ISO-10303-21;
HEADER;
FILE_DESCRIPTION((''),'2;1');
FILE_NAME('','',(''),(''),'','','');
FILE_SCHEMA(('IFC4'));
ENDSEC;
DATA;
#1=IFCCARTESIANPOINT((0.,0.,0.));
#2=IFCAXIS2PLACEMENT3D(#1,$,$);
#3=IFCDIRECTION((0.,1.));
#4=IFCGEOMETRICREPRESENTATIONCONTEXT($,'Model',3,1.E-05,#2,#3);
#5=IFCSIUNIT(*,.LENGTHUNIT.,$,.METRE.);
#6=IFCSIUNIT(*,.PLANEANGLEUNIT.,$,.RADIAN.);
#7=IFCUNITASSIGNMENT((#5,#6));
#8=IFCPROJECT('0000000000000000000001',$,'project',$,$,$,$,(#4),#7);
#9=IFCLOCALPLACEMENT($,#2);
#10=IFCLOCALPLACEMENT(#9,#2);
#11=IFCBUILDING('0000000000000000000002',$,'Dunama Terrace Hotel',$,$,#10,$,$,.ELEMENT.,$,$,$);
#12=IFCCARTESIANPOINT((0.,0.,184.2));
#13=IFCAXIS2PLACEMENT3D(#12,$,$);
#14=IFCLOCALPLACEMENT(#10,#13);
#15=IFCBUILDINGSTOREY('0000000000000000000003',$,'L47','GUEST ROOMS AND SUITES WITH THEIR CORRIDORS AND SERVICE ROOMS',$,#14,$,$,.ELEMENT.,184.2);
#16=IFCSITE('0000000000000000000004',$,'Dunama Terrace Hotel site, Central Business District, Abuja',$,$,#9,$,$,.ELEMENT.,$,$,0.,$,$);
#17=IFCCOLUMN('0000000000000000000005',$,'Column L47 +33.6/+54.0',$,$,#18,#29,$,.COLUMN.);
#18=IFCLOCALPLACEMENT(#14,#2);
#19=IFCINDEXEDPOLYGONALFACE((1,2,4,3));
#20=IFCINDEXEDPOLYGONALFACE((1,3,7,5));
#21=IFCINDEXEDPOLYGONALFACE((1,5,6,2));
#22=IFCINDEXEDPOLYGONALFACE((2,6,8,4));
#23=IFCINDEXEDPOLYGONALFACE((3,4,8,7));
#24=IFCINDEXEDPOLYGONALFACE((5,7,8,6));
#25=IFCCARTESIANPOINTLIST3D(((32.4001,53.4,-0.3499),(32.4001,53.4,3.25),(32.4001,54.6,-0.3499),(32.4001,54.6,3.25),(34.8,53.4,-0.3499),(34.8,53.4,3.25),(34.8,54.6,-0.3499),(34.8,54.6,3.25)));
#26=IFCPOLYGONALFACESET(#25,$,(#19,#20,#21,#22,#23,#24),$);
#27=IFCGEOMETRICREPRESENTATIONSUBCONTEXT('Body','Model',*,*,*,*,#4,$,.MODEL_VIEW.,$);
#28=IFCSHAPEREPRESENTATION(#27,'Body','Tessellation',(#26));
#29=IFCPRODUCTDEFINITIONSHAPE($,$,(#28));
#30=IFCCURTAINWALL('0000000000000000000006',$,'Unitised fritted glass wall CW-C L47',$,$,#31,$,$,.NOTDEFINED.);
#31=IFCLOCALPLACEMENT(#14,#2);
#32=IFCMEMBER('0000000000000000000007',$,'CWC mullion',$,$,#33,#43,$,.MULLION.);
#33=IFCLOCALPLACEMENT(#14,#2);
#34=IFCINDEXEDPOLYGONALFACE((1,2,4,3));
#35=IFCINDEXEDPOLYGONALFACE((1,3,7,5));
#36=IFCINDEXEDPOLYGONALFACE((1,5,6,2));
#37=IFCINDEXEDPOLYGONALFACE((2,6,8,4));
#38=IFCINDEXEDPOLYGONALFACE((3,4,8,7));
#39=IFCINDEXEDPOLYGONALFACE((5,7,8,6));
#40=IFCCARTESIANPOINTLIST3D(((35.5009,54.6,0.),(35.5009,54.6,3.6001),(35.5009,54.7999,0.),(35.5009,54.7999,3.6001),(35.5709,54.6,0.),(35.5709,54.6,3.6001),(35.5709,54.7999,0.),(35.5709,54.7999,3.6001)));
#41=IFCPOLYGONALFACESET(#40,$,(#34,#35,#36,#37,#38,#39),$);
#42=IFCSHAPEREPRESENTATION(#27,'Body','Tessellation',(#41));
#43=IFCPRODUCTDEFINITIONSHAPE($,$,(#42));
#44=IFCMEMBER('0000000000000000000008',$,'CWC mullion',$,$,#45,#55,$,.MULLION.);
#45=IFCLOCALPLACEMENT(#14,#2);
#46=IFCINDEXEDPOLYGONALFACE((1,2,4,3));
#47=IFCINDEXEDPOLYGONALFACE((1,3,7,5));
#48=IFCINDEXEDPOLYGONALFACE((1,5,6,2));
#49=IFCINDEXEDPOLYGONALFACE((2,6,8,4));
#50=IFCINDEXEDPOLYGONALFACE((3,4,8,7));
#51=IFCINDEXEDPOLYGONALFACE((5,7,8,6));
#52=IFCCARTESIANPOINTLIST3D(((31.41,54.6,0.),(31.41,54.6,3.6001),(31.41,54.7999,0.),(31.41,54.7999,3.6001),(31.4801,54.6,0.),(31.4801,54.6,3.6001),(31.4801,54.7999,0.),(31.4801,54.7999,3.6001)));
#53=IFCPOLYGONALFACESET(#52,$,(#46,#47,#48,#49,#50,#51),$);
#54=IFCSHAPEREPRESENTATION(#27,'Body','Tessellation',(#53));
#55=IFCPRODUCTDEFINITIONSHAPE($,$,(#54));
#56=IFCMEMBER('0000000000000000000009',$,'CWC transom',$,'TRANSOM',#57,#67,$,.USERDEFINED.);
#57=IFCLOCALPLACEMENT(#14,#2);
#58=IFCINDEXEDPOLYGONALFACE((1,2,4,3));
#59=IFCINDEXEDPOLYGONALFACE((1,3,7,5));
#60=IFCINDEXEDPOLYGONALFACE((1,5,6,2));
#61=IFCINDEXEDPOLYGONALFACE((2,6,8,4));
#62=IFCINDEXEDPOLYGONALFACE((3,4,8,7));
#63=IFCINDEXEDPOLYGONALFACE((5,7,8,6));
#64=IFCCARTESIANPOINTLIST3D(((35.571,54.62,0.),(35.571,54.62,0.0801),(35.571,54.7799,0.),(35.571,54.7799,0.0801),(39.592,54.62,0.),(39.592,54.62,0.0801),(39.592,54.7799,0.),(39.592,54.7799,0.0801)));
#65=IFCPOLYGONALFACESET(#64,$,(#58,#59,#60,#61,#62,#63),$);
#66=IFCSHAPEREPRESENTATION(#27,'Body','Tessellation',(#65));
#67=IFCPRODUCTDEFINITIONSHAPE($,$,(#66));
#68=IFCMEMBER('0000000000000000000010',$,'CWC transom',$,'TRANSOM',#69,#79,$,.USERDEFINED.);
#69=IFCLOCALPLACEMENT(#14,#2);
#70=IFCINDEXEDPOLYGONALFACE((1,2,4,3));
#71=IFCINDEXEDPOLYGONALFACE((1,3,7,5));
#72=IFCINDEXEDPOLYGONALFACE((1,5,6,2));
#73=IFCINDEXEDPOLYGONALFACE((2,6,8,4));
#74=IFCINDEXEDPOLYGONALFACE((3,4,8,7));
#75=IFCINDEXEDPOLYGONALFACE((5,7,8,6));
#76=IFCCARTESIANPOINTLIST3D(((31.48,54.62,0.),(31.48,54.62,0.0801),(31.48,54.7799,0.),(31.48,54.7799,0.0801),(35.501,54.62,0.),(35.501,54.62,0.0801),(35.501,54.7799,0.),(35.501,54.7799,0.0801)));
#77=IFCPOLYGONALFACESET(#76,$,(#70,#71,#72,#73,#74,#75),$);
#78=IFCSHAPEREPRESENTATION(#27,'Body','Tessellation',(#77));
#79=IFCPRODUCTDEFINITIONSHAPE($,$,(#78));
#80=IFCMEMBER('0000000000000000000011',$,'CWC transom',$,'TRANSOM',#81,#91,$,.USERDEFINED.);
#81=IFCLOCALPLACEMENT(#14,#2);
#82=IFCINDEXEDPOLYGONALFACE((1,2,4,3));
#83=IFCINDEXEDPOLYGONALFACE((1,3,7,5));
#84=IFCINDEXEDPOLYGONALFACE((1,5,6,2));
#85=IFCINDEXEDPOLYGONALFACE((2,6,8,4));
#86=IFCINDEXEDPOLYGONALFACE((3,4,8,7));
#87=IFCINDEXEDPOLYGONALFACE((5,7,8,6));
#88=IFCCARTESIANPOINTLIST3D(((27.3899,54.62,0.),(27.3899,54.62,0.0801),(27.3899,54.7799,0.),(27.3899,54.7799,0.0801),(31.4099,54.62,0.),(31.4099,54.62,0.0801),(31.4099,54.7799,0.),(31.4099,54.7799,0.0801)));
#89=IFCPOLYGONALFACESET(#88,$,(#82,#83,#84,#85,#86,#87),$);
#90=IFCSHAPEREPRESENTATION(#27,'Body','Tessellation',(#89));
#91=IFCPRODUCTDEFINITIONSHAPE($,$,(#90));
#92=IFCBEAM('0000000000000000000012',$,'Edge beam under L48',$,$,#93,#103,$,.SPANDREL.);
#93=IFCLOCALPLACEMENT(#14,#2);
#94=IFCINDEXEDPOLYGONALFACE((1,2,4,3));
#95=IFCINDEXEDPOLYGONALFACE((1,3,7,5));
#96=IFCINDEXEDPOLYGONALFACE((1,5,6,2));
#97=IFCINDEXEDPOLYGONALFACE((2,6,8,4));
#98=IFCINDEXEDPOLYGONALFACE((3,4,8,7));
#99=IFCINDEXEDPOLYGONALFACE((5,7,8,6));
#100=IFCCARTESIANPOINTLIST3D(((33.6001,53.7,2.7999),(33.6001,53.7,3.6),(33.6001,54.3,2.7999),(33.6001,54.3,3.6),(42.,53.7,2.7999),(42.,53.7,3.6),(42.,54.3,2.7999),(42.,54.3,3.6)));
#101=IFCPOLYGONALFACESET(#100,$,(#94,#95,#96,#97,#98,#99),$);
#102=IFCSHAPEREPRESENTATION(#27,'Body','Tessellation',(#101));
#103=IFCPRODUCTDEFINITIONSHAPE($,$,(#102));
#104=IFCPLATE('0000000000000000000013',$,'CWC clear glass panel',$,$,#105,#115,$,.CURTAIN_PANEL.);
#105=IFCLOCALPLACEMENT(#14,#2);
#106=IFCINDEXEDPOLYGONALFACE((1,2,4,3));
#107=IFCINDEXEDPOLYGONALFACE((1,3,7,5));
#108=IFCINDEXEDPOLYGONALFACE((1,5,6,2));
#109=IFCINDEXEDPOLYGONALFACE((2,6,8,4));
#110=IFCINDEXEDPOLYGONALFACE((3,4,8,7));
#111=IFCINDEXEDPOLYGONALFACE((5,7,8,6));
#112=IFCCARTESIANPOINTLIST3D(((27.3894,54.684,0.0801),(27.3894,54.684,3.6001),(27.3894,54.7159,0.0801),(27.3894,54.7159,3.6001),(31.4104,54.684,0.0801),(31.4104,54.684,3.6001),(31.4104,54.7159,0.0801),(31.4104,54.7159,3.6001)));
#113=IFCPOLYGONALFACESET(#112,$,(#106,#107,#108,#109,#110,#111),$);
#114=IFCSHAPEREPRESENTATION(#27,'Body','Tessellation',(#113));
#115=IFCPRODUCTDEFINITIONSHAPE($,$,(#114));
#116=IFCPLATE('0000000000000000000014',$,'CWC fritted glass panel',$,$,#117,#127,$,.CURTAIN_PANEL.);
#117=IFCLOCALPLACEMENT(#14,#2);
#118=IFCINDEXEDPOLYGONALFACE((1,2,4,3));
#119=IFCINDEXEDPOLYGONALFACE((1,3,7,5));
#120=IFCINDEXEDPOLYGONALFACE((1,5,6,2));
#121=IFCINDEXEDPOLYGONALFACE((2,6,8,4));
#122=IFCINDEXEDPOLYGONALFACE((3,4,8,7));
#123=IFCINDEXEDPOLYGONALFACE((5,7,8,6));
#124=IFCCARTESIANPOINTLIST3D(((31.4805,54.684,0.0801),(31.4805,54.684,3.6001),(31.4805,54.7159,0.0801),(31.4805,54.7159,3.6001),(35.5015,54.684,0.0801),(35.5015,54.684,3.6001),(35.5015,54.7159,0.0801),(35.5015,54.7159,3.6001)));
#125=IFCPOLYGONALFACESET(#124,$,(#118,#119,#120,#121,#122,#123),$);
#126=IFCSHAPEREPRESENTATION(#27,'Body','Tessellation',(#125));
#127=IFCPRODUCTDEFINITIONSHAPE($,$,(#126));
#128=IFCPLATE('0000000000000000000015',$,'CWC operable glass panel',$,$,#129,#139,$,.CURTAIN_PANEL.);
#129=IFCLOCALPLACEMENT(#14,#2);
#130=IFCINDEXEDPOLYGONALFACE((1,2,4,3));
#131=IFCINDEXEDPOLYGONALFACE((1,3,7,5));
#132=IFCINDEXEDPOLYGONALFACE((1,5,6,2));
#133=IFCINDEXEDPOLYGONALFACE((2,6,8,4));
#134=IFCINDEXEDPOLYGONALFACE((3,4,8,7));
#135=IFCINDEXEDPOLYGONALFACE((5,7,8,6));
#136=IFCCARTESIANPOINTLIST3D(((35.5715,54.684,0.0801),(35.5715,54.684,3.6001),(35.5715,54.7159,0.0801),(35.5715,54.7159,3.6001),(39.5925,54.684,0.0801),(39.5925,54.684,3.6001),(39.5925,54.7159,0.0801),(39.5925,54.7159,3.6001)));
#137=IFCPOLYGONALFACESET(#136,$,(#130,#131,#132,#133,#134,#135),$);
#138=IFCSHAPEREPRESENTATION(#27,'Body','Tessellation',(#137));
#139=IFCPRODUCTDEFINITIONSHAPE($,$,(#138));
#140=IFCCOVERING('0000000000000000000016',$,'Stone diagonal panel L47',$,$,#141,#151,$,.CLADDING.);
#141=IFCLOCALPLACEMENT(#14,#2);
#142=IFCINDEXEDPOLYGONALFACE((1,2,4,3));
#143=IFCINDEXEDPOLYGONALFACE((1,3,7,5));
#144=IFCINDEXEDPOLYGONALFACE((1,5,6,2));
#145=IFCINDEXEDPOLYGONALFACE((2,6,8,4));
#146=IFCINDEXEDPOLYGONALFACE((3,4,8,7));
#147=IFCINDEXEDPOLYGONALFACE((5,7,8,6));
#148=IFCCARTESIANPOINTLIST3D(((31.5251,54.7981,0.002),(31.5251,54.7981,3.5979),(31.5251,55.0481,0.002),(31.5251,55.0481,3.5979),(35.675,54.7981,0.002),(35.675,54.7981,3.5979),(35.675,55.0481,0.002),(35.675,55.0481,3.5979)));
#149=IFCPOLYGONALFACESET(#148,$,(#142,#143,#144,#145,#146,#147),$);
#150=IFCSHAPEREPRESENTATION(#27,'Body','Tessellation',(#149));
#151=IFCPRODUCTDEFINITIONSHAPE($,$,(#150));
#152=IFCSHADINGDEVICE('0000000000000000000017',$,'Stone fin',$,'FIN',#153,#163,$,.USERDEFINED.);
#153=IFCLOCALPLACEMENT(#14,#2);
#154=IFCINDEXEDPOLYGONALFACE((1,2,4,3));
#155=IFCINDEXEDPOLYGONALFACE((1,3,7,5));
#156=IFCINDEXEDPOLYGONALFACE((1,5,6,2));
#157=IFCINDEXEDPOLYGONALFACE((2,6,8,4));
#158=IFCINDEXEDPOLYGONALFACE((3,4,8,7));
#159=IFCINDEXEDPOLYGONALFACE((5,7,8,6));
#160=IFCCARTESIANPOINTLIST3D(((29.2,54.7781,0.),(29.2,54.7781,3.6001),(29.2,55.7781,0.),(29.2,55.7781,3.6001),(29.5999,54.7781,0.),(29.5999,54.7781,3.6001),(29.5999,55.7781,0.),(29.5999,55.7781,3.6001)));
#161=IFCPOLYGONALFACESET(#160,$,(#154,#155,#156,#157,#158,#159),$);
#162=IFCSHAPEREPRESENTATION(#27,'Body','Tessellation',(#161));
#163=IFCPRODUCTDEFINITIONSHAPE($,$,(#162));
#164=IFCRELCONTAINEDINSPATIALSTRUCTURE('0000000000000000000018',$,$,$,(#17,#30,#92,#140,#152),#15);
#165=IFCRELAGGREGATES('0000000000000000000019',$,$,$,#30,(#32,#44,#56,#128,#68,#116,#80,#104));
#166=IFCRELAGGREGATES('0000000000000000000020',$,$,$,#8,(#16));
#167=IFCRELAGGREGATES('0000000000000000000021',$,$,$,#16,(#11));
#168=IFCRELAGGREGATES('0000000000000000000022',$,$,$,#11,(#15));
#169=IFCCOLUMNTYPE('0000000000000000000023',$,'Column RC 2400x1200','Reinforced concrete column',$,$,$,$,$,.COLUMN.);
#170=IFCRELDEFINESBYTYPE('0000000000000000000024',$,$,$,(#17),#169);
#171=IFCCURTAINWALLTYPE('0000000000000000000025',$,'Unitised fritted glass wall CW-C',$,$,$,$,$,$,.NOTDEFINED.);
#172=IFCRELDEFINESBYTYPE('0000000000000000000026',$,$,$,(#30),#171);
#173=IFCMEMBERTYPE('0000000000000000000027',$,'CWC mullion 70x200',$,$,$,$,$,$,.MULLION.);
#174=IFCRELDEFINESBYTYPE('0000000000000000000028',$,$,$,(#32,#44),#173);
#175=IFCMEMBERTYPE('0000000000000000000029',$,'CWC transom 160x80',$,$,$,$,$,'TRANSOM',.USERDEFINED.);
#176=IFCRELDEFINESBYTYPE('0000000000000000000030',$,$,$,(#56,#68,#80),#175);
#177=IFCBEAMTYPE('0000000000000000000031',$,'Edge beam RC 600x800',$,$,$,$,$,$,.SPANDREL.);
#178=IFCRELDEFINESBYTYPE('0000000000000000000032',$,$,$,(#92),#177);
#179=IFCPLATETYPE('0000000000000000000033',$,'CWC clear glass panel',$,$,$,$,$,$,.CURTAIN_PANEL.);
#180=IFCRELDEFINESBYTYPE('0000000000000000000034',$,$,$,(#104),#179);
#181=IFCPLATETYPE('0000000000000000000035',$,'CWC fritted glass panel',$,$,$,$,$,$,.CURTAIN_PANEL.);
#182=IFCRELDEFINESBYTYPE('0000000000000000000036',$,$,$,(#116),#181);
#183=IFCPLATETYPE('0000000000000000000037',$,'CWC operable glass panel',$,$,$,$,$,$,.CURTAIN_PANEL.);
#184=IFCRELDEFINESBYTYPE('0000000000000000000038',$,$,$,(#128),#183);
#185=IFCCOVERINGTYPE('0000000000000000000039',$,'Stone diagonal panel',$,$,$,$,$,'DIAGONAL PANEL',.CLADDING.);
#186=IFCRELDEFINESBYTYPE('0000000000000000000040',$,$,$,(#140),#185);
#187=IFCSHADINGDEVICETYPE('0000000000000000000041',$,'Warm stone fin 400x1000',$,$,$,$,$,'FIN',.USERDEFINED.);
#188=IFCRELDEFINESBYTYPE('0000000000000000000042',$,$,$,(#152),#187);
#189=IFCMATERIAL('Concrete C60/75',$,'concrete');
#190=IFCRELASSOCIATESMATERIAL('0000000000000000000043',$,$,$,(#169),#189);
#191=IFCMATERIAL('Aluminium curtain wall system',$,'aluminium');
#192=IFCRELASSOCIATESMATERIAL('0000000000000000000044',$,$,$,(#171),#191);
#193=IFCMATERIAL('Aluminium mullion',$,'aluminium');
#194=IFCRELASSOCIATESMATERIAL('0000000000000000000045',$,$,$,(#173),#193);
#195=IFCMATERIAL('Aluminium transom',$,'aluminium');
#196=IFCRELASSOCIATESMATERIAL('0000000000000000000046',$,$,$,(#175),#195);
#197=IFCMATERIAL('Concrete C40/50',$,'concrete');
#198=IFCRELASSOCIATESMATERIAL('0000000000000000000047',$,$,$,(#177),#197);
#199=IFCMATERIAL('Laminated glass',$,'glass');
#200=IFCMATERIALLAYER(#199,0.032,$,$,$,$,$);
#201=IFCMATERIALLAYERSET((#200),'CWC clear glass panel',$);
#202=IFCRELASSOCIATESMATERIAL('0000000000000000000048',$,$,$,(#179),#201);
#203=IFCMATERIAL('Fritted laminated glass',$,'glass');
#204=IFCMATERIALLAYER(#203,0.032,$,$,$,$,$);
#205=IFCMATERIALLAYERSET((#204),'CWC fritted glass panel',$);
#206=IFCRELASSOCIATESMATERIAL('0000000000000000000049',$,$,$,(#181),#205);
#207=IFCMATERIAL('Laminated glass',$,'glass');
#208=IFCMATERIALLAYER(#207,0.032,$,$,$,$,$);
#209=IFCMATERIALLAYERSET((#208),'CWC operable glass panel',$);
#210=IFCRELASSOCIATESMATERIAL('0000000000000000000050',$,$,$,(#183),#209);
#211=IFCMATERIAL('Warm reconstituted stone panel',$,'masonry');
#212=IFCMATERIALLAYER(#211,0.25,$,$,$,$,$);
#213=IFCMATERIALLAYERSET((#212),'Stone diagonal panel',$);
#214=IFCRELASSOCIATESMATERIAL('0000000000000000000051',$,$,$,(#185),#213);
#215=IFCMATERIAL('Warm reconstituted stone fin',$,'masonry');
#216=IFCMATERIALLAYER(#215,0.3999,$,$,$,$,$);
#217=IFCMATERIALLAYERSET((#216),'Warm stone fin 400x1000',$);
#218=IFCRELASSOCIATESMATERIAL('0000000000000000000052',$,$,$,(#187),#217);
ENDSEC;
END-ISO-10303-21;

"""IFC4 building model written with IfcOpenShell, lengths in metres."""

from ifc_helpers import new_model, si_unit, direction, frame, origin, origin_2d, place, context, subcontext, project, spatial, rectangle, extrude, material, layer, layer_set, material_profile, profile_set, type_object, element, aggregate, save


model = new_model("IFC4")

# Units and contexts
model_context = context("Model", 3, precision=1e-05, world=origin(), true_north=direction((0.0, 1.0)))
body_context = subcontext(model_context, "Body", "Model", "MODEL_VIEW")
ifc_project = project(units=[si_unit("LENGTHUNIT", "METRE"), si_unit("PLANEANGLEUNIT", "RADIAN")], contexts=[model_context])

# Site, building, storey
site_placement = place(None, origin())
site = spatial("IfcSite", under=ifc_project, at=site_placement, Name="Dunama Terrace Hotel site, Central Business District, Abuja", CompositionType="ELEMENT", RefElevation=0.0)
building_placement = place(site_placement, origin())
building = spatial("IfcBuilding", under=site, at=building_placement, Name="Dunama Terrace Hotel", CompositionType="ELEMENT")
storey_placement = place(building_placement, frame((0.0, 0.0, 184.2)))
storey = spatial("IfcBuildingStorey", under=building, at=storey_placement, Name="L47", Description="GUEST ROOMS AND SUITES WITH THEIR CORRIDORS AND SERVICE ROOMS", CompositionType="ELEMENT", Elevation=184.2)

# Column
ifc_material_1 = material(Name="Concrete C60/75", Category="concrete")
ifc_material_profile_1 = material_profile(ifc_material_1, rectangle(XDim=2.3999, YDim=1.2, at=origin_2d()), Name="RC 2400x1200")
ifc_profile_set_1 = profile_set([ifc_material_profile_1], Name="Concrete C60/75")
column_type = type_object("IfcColumnType", Name="Column RC 2400x1200", Description="Reinforced concrete column", PredefinedType="COLUMN", material=ifc_profile_set_1)
column_placement = place(storey_placement, frame((33.6001, 54.0, -0.3499), z_axis=(0.0, 0.0, 1.0), x_axis=(1.0, 0.0, 0.0)))
element("IfcColumn", 1, at=column_placement, inside=storey, type_object=column_type, Name="Column L47 +33.6/+54.0", PredefinedType="COLUMN", context=body_context, shape_type="SweptSolid", body=[
    extrude(rectangle(XDim=2.3999, YDim=1.2, at=origin_2d()), origin(), (0.0, 0.0, 1.0), 3.5999),
])

# Curtain wall, members
ifc_material_2 = material(Name="Aluminium curtain wall system", Category="aluminium")
curtain_wall_type = type_object("IfcCurtainWallType", Name="Unitised fritted glass wall CW-C", PredefinedType="NOTDEFINED", material=ifc_material_2)
curtain_wall_placement = place(storey_placement, origin())
curtain_wall = element("IfcCurtainWall", 2, at=curtain_wall_placement, inside=storey, type_object=curtain_wall_type, Name="Unitised fritted glass wall CW-C L47", PredefinedType="NOTDEFINED")
ifc_material_3 = material(Name="Aluminium mullion", Category="aluminium")
ifc_material_profile_2 = material_profile(ifc_material_3, rectangle(XDim=0.0701, YDim=0.2, at=origin_2d()), Name="CWC MULLION 70X200")
ifc_profile_set_2 = profile_set([ifc_material_profile_2], Name="Aluminium mullion")
member_type_1 = type_object("IfcMemberType", Name="CWC mullion 70x200", PredefinedType="MULLION", material=ifc_profile_set_2)
member_1_placement = place(storey_placement, frame((35.5359, 54.7, 0.0), z_axis=(0.0, 0.0, 1.0), x_axis=(-1.0, 0.0, 0.0)))
member_1 = element("IfcMember", 3, at=member_1_placement, type_object=member_type_1, Name="CWC mullion", PredefinedType="MULLION", context=body_context, shape_type="SweptSolid", body=[
    extrude(rectangle(XDim=0.0701, YDim=0.2, at=origin_2d()), origin(), (0.0, 0.0, 1.0), 3.6001),
])
member_2_placement = place(storey_placement, frame((31.4451, 54.7, 0.0), z_axis=(0.0, 0.0, 1.0), x_axis=(-1.0, 0.0, 0.0)))
member_2 = element("IfcMember", 4, at=member_2_placement, type_object=member_type_1, Name="CWC mullion", PredefinedType="MULLION", context=body_context, shape_type="SweptSolid", body=[
    extrude(rectangle(XDim=0.0701, YDim=0.2, at=origin_2d()), origin(), (0.0, 0.0, 1.0), 3.6001),
])
ifc_material_4 = material(Name="Aluminium transom", Category="aluminium")
ifc_material_profile_3 = material_profile(ifc_material_4, rectangle(XDim=0.1599, YDim=0.0801, at=origin_2d()), Name="CWC TRANSOM 160X80")
ifc_profile_set_3 = profile_set([ifc_material_profile_3], Name="Aluminium transom")
member_type_2 = type_object("IfcMemberType", Name="CWC transom 160x80", ElementType="TRANSOM", PredefinedType="USERDEFINED", material=ifc_profile_set_3)
member_3_placement = place(storey_placement, frame((39.592, 54.7, 0.04), z_axis=(-1.0, 0.0, 0.0), x_axis=(0.0, -1.0, 0.0)))
member_3 = element("IfcMember", 5, at=member_3_placement, type_object=member_type_2, Name="CWC transom", ObjectType="TRANSOM", PredefinedType="USERDEFINED", context=body_context, shape_type="SweptSolid", body=[
    extrude(rectangle(XDim=0.1599, YDim=0.0801, at=origin_2d()), origin(), (0.0, 0.0, 1.0), 4.021),
])
member_4_placement = place(storey_placement, frame((35.501, 54.7, 0.04), z_axis=(-1.0, 0.0, 0.0), x_axis=(0.0, -1.0, 0.0)))
member_4 = element("IfcMember", 6, at=member_4_placement, type_object=member_type_2, Name="CWC transom", ObjectType="TRANSOM", PredefinedType="USERDEFINED", context=body_context, shape_type="SweptSolid", body=[
    extrude(rectangle(XDim=0.1599, YDim=0.0801, at=origin_2d()), origin(), (0.0, 0.0, 1.0), 4.021),
])
member_5_placement = place(storey_placement, frame((31.4099, 54.7, 0.04), z_axis=(-1.0, 0.0, 0.0), x_axis=(0.0, -1.0, 0.0)))
member_5 = element("IfcMember", 7, at=member_5_placement, type_object=member_type_2, Name="CWC transom", ObjectType="TRANSOM", PredefinedType="USERDEFINED", context=body_context, shape_type="SweptSolid", body=[
    extrude(rectangle(XDim=0.1599, YDim=0.0801, at=origin_2d()), origin(), (0.0, 0.0, 1.0), 4.02),
])

# Beam
ifc_material_5 = material(Name="Concrete C40/50", Category="concrete")
ifc_material_profile_4 = material_profile(ifc_material_5, rectangle(XDim=0.6001, YDim=0.8, at=origin_2d()), Name="RC 600x800")
ifc_profile_set_4 = profile_set([ifc_material_profile_4], Name="Concrete C40/50")
beam_type = type_object("IfcBeamType", Name="Edge beam RC 600x800", PredefinedType="SPANDREL", material=ifc_profile_set_4)
beam_placement = place(storey_placement, frame((33.6001, 54.0, 3.2), z_axis=(1.0, 0.0, 0.0), x_axis=(0.0, 1.0, 0.0)))
element("IfcBeam", 8, at=beam_placement, inside=storey, type_object=beam_type, Name="Edge beam under L48", PredefinedType="SPANDREL", context=body_context, shape_type="SweptSolid", body=[
    extrude(rectangle(XDim=0.6001, YDim=0.8, at=origin_2d()), origin(), (0.0, 0.0, 1.0), 8.3999),
])

# Plates
ifc_material_6 = material(Name="Laminated glass", Category="glass")
ifc_layer_1 = layer(ifc_material_6, 0.032)
ifc_layer_set_1 = layer_set([ifc_layer_1], Name="CWC clear glass panel")
plate_type_1 = type_object("IfcPlateType", Name="CWC clear glass panel", PredefinedType="CURTAIN_PANEL", material=ifc_layer_set_1)
plate_1_placement = place(storey_placement, frame((29.3999, 54.7, 0.0801), z_axis=(0.0, 0.0, 1.0), x_axis=(-1.0, 0.0, 0.0)))
plate_1 = element("IfcPlate", 9, at=plate_1_placement, type_object=plate_type_1, Name="CWC clear glass panel", PredefinedType="CURTAIN_PANEL", context=body_context, shape_type="SweptSolid", body=[
    extrude(rectangle(XDim=4.021, YDim=0.032, at=origin_2d()), origin(), (0.0, 0.0, 1.0), 3.52),
])
ifc_material_7 = material(Name="Fritted laminated glass", Category="glass")
ifc_layer_2 = layer(ifc_material_7, 0.032)
ifc_layer_set_2 = layer_set([ifc_layer_2], Name="CWC fritted glass panel")
plate_type_2 = type_object("IfcPlateType", Name="CWC fritted glass panel", PredefinedType="CURTAIN_PANEL", material=ifc_layer_set_2)
plate_2_placement = place(storey_placement, frame((33.491, 54.7, 0.0801), z_axis=(0.0, 0.0, 1.0), x_axis=(-1.0, 0.0, 0.0)))
plate_2 = element("IfcPlate", 10, at=plate_2_placement, type_object=plate_type_2, Name="CWC fritted glass panel", PredefinedType="CURTAIN_PANEL", context=body_context, shape_type="SweptSolid", body=[
    extrude(rectangle(XDim=4.021, YDim=0.032, at=origin_2d()), origin(), (0.0, 0.0, 1.0), 3.52),
])
ifc_material_8 = material(Name="Laminated glass", Category="glass")
ifc_layer_3 = layer(ifc_material_8, 0.032)
ifc_layer_set_3 = layer_set([ifc_layer_3], Name="CWC operable glass panel")
plate_type_3 = type_object("IfcPlateType", Name="CWC operable glass panel", PredefinedType="CURTAIN_PANEL", material=ifc_layer_set_3)
plate_3_placement = place(storey_placement, frame((37.582, 54.7, 0.0801), z_axis=(0.0, 0.0, 1.0), x_axis=(-1.0, 0.0, 0.0)))
plate_3 = element("IfcPlate", 11, at=plate_3_placement, type_object=plate_type_3, Name="CWC operable glass panel", PredefinedType="CURTAIN_PANEL", context=body_context, shape_type="SweptSolid", body=[
    extrude(rectangle(XDim=4.021, YDim=0.032, at=origin_2d()), origin(), (0.0, 0.0, 1.0), 3.52),
])
aggregate(curtain_wall, [member_1, member_2, member_3, plate_3, member_4, plate_2, member_5, plate_1])

# Covering
ifc_material_9 = material(Name="Warm reconstituted stone panel", Category="masonry")
ifc_layer_4 = layer(ifc_material_9, 0.25)
ifc_layer_set_4 = layer_set([ifc_layer_4], Name="Stone diagonal panel")
covering_type = type_object("IfcCoveringType", Name="Stone diagonal panel", ElementType="DIAGONAL PANEL", PredefinedType="CLADDING", material=ifc_layer_set_4)
covering_placement = place(storey_placement, frame((33.6001, 54.9231, 0.002), z_axis=(0.0, 0.0, 1.0), x_axis=(-1.0, 0.0, 0.0)))
element("IfcCovering", 12, at=covering_placement, inside=storey, type_object=covering_type, Name="Stone diagonal panel L47", PredefinedType="CLADDING", context=body_context, shape_type="SweptSolid", body=[
    extrude(rectangle(XDim=4.1499, YDim=0.25, at=origin_2d()), origin(), (0.0, 0.0, 1.0), 3.5959),
])

# Shading device
ifc_material_10 = material(Name="Warm reconstituted stone fin", Category="masonry")
ifc_layer_5 = layer(ifc_material_10, 0.3999)
ifc_layer_set_5 = layer_set([ifc_layer_5], Name="Warm stone fin 400x1000")
shading_device_type = type_object("IfcShadingDeviceType", Name="Warm stone fin 400x1000", ElementType="FIN", PredefinedType="USERDEFINED", material=ifc_layer_set_5)
shading_device_placement = place(storey_placement, frame((29.3999, 55.2781, 0.0), z_axis=(0.0, 0.0, 1.0), x_axis=(-1.0, 0.0, 0.0)))
element("IfcShadingDevice", 13, at=shading_device_placement, inside=storey, type_object=shading_device_type, Name="Stone fin", ObjectType="FIN", PredefinedType="USERDEFINED", context=body_context, shape_type="SweptSolid", body=[
    extrude(rectangle(XDim=0.3999, YDim=1.0, at=origin_2d()), origin(), (0.0, 0.0, 1.0), 3.6001),
])

save(model, "model.ifc")
